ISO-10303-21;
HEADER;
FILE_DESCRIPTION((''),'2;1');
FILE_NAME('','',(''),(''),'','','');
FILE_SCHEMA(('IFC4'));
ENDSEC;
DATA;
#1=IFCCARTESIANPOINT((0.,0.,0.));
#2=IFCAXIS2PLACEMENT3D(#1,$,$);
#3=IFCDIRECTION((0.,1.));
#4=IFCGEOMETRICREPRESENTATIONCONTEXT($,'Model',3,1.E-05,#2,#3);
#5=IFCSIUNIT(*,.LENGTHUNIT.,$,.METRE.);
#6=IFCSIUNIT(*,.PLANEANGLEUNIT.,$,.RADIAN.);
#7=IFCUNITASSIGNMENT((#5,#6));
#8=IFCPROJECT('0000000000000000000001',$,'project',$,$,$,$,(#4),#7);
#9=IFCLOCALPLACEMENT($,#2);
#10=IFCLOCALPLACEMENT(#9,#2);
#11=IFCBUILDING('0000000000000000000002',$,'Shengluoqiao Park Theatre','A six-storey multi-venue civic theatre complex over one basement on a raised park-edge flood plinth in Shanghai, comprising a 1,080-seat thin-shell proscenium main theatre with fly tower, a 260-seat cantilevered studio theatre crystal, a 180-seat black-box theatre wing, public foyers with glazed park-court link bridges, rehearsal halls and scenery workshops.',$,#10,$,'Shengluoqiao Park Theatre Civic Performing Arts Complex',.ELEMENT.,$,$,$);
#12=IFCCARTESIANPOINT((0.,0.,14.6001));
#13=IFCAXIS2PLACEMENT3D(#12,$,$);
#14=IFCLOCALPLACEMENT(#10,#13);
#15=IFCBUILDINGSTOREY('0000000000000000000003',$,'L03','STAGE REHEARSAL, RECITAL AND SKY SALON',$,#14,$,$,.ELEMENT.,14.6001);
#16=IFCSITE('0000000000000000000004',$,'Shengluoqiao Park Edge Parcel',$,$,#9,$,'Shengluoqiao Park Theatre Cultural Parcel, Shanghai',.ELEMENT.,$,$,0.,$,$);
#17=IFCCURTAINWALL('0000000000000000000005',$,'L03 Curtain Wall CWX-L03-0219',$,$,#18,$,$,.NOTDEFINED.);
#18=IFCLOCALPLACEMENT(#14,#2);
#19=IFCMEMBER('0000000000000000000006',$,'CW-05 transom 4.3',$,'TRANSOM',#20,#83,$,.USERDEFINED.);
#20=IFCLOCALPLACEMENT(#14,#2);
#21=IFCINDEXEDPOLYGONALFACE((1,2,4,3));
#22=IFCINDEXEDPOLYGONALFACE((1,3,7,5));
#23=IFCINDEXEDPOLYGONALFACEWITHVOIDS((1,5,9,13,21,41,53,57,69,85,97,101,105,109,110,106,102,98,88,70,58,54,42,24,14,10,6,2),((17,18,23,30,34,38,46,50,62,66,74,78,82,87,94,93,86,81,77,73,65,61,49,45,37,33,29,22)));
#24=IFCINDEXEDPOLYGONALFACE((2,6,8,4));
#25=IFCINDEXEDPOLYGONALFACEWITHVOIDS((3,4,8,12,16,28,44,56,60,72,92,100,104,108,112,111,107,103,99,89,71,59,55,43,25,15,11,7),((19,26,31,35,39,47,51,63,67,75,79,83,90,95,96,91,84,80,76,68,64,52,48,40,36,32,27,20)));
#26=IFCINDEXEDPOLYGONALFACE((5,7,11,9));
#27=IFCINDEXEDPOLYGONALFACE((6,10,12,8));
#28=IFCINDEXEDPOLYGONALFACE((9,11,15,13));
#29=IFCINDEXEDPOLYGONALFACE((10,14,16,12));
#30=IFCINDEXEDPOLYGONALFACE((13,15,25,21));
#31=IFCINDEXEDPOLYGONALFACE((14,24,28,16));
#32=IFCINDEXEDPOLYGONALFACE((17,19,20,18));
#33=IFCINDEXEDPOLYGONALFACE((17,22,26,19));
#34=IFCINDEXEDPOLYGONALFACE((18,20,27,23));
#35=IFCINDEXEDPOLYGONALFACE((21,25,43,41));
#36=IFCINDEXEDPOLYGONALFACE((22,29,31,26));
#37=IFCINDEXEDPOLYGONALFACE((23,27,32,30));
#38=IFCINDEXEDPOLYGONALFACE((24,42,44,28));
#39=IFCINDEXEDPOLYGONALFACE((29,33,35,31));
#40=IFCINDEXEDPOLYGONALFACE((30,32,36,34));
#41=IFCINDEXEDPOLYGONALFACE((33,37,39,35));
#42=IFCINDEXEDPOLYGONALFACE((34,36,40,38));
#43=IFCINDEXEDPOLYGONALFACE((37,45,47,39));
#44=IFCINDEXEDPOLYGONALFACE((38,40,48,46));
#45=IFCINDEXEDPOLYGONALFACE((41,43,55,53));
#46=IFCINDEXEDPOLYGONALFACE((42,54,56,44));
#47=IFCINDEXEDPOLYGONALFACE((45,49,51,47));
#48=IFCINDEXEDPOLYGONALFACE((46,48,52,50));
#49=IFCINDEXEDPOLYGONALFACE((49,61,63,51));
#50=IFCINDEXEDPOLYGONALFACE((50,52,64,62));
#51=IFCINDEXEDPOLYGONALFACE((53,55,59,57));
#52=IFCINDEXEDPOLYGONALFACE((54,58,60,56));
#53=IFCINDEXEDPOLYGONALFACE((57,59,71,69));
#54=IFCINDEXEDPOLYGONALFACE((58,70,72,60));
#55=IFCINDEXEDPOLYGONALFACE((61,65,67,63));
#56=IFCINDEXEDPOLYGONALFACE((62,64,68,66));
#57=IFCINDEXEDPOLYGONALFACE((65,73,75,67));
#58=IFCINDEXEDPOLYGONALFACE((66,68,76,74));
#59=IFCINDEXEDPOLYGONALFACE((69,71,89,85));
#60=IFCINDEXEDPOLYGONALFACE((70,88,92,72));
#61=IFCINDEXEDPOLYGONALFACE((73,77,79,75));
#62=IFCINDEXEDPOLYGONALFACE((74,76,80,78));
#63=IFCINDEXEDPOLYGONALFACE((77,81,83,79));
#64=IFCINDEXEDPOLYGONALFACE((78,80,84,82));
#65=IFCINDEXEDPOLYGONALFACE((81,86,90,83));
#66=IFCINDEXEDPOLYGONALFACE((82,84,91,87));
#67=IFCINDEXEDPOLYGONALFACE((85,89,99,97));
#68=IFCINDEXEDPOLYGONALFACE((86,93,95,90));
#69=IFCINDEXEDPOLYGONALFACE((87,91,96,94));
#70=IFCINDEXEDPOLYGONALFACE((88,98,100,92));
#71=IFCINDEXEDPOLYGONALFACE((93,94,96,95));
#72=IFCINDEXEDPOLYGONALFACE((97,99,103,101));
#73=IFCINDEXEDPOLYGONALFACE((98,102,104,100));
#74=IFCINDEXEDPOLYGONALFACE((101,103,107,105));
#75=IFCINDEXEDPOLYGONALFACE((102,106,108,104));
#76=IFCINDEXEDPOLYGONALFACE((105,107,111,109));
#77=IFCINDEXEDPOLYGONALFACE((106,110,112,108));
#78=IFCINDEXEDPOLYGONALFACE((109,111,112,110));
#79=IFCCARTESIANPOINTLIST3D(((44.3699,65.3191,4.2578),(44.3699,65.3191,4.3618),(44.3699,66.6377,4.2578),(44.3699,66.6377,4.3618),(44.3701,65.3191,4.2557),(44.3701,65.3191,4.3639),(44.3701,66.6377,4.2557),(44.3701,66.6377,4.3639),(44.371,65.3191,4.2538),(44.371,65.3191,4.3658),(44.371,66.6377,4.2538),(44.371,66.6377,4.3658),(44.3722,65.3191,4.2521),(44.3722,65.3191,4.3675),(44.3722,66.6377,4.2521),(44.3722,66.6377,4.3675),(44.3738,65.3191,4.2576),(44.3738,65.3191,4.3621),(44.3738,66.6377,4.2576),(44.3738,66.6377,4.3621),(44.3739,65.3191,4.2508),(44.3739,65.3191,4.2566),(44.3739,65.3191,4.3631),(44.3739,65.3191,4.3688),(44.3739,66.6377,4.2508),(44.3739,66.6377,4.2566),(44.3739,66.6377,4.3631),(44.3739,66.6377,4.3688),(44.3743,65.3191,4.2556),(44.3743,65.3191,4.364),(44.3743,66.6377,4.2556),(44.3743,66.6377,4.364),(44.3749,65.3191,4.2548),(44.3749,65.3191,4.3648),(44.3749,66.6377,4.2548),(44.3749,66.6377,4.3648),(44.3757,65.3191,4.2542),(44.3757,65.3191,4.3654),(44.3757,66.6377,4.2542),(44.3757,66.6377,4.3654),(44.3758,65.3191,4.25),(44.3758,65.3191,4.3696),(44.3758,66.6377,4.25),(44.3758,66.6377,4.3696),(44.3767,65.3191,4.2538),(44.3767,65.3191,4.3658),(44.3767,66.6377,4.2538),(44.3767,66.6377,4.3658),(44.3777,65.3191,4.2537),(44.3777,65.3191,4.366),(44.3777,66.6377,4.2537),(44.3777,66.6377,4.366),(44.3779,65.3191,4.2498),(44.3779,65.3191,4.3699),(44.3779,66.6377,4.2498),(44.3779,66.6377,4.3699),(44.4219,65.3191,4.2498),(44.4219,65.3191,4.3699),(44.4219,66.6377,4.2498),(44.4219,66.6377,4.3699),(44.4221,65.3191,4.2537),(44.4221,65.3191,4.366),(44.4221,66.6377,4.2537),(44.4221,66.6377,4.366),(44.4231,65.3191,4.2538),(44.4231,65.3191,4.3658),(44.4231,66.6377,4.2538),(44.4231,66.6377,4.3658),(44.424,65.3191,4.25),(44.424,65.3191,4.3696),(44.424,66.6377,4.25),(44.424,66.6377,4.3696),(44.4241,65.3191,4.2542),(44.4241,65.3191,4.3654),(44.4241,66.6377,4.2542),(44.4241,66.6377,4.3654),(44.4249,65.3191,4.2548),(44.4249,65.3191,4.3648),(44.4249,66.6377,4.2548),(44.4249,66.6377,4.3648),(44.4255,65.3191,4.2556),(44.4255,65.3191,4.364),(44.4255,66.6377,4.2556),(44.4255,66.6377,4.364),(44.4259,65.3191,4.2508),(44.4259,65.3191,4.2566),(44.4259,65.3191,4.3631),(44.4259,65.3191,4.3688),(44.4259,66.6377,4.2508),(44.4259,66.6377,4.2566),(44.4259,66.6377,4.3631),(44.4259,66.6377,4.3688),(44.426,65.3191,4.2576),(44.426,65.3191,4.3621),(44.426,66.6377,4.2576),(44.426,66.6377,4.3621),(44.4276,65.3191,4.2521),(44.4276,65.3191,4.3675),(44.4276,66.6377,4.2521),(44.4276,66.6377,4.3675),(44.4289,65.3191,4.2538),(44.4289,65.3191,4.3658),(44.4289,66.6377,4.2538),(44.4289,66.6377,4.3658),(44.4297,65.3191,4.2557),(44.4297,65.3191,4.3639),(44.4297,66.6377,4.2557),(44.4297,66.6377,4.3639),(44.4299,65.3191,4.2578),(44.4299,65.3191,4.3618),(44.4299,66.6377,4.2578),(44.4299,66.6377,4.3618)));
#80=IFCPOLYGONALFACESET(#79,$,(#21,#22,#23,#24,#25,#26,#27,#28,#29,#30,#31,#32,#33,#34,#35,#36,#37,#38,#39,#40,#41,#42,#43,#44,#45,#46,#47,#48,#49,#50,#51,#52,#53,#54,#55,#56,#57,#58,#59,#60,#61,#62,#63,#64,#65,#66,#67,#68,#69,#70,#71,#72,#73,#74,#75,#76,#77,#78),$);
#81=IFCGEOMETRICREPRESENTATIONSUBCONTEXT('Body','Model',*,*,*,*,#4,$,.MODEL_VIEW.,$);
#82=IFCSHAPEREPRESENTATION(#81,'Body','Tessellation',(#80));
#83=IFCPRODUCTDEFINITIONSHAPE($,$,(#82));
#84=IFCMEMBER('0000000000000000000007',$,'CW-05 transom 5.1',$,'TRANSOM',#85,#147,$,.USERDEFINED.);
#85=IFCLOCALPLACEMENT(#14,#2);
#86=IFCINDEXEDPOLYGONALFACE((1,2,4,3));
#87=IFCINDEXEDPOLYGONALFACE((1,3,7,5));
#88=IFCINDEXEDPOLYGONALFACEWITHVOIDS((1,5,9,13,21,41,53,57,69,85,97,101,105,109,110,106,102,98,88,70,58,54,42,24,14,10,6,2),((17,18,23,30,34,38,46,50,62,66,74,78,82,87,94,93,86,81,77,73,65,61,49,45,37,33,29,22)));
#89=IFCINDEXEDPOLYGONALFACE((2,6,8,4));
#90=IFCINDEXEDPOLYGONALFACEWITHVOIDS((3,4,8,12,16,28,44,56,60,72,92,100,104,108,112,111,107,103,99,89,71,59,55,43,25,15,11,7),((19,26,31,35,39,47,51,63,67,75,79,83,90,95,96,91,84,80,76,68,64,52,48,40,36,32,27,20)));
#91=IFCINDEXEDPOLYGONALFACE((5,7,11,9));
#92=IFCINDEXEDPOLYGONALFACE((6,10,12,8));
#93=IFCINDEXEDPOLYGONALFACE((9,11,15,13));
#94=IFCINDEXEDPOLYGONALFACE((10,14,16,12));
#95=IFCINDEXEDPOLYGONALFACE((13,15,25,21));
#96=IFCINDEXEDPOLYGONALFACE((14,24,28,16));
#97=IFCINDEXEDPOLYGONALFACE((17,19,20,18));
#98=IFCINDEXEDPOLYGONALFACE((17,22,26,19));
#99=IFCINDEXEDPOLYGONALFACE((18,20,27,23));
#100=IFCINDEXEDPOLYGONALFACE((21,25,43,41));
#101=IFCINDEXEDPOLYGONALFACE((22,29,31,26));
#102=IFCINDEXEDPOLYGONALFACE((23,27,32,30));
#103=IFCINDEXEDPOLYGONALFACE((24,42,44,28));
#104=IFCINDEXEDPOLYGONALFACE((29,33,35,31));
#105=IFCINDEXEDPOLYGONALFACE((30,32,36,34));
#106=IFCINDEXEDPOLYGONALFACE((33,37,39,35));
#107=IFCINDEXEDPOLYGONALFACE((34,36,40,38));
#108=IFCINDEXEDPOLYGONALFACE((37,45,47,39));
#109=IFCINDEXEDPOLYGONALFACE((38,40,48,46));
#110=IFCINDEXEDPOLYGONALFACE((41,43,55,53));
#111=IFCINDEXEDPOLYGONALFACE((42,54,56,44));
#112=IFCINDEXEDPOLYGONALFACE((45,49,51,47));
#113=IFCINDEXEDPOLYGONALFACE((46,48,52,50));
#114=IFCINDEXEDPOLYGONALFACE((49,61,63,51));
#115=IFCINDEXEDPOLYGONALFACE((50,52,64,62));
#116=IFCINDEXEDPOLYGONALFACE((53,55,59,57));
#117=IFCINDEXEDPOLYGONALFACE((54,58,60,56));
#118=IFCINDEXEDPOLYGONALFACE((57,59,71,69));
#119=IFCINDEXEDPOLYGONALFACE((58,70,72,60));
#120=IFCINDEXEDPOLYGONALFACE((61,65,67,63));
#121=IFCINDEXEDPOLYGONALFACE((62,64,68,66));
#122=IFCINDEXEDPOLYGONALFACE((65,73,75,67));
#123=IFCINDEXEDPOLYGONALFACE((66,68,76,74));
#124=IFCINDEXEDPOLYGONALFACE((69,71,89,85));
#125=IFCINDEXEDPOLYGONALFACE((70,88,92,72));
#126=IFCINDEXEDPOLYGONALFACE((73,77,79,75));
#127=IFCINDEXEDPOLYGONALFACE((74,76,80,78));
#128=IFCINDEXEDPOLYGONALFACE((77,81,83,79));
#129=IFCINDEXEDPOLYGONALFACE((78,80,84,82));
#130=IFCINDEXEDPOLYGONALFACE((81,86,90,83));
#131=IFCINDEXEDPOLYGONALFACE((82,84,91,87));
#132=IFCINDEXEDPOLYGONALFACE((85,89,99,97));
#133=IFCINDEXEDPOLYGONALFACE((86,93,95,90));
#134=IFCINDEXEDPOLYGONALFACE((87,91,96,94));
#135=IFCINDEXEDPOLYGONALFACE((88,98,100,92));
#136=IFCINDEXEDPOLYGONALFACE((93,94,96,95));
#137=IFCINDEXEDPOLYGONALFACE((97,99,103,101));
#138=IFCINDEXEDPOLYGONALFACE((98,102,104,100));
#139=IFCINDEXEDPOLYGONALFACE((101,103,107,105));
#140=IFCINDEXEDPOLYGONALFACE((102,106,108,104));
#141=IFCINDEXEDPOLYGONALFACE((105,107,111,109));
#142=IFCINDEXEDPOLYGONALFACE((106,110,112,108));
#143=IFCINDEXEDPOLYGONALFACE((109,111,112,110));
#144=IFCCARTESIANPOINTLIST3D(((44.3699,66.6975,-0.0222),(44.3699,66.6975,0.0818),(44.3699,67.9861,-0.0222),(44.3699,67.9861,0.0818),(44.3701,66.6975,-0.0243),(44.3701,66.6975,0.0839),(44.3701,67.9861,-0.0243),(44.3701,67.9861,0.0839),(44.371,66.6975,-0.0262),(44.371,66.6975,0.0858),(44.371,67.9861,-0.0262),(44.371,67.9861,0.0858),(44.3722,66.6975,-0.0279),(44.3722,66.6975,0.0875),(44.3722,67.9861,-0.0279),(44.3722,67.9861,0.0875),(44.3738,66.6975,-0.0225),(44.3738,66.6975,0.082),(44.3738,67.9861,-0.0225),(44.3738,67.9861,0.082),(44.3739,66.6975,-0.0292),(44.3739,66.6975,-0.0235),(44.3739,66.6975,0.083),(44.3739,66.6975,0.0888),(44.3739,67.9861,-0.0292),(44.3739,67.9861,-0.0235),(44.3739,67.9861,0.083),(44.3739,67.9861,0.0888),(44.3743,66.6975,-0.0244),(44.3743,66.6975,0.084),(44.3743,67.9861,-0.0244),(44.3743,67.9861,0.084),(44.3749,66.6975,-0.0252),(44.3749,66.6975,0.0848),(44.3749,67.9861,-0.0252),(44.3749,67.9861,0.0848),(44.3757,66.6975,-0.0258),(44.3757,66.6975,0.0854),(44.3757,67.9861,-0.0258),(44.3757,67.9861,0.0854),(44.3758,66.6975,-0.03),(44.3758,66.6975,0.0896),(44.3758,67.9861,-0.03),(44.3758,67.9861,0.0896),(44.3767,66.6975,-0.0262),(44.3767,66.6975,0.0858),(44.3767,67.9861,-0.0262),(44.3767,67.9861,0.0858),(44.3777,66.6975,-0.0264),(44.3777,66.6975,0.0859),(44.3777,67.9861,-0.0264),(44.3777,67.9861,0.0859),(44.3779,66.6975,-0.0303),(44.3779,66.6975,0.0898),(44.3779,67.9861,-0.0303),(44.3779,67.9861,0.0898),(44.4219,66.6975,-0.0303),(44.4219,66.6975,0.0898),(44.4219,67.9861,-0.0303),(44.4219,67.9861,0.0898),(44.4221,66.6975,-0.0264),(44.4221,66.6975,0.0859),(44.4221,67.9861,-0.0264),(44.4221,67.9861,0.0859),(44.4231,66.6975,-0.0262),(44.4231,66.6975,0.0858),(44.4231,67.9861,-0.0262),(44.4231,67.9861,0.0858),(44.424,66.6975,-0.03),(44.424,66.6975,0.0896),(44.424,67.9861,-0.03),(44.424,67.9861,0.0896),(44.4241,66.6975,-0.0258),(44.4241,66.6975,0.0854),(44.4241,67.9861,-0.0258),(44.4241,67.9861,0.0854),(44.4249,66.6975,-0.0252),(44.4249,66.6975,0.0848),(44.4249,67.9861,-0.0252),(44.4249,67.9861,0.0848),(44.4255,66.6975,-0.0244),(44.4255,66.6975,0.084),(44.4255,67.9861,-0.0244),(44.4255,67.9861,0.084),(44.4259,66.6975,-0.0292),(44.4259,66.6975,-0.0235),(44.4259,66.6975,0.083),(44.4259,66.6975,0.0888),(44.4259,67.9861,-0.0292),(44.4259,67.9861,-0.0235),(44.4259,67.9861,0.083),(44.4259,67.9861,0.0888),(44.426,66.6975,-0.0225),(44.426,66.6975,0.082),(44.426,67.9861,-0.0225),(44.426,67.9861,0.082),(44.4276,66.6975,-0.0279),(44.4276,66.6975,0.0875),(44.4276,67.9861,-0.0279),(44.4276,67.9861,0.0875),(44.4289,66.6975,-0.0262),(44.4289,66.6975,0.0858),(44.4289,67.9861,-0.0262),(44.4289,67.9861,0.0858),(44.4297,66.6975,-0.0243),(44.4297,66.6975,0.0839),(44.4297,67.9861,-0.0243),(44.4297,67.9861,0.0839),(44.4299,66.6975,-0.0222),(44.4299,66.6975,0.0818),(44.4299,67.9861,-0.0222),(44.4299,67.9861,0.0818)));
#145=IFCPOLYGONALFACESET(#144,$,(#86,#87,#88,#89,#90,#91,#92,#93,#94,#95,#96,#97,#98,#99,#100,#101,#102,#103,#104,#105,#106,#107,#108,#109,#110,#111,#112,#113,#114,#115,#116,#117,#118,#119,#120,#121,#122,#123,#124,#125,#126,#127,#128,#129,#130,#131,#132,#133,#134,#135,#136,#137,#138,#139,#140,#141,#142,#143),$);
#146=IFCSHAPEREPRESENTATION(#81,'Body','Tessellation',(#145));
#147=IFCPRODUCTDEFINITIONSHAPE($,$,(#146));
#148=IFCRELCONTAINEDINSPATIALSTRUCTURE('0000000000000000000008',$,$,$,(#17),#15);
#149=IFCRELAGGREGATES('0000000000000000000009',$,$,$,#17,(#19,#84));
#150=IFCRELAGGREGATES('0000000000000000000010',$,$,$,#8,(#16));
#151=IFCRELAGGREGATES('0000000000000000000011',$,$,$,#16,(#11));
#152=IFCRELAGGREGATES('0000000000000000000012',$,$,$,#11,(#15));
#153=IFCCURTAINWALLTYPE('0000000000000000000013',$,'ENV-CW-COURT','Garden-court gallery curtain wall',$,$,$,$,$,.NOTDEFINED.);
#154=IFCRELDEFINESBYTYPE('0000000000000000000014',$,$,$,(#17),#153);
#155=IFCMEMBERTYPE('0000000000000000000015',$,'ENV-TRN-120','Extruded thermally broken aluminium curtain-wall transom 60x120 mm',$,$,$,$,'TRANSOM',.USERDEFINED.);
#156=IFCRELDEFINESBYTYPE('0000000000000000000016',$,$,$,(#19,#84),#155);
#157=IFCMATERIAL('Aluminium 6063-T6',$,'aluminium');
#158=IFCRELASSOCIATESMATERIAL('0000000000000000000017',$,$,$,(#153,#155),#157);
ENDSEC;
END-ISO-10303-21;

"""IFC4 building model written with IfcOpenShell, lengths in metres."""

from ifc_helpers import new_model, si_unit, direction, frame, origin, origin_2d, place, context, subcontext, project, spatial, hollow_rectangle, extrude, material, material_profile, profile_set, type_object, element, aggregate, save


model = new_model("IFC4")

# Units and contexts
model_context = context("Model", 3, precision=1e-05, world=origin(), true_north=direction((0.0, 1.0)))
body_context = subcontext(model_context, "Body", "Model", "MODEL_VIEW")
ifc_project = project(units=[si_unit("LENGTHUNIT", "METRE"), si_unit("PLANEANGLEUNIT", "RADIAN")], contexts=[model_context])

# Site, building, storey
site_placement = place(None, origin())
site = spatial("IfcSite", under=ifc_project, at=site_placement, Name="Shengluoqiao Park Edge Parcel", LongName="Shengluoqiao Park Theatre Cultural Parcel, Shanghai", CompositionType="ELEMENT", RefElevation=0.0)
building_placement = place(site_placement, origin())
building = spatial("IfcBuilding", under=site, at=building_placement, Name="Shengluoqiao Park Theatre", Description="A six-storey multi-venue civic theatre complex over one basement on a raised park-edge flood plinth in Shanghai, comprising a 1,080-seat thin-shell proscenium main theatre with fly tower, a 260-seat cantilevered studio theatre crystal, a 180-seat black-box theatre wing, public foyers with glazed park-court link bridges, rehearsal halls and scenery workshops.", LongName="Shengluoqiao Park Theatre Civic Performing Arts Complex", CompositionType="ELEMENT")
storey_placement = place(building_placement, frame((0.0, 0.0, 14.6001)))
storey = spatial("IfcBuildingStorey", under=building, at=storey_placement, Name="L03", Description="STAGE REHEARSAL, RECITAL AND SKY SALON", CompositionType="ELEMENT", Elevation=14.6001)

# Curtain wall
ifc_material_1 = material(Name="Aluminium 6063-T6", Category="aluminium")
curtain_wall_type_1 = type_object("IfcCurtainWallType", Name="ENV-CW-COURT", Description="Garden-court gallery curtain wall", PredefinedType="NOTDEFINED", material=ifc_material_1)
curtain_wall_1_placement = place(storey_placement, origin())
curtain_wall_1 = element("IfcCurtainWall", 1, at=curtain_wall_1_placement, inside=storey, type_object=curtain_wall_type_1, Name="L03 Curtain Wall CWX-L03-0219", PredefinedType="NOTDEFINED")

# Members
ifc_material_profile_1 = material_profile(ifc_material_1, hollow_rectangle(XDim=0.0601, YDim=0.1201, WallThickness=0.0039, InnerFilletRadius=0.0039, OuterFilletRadius=0.0081, at=origin_2d()), Name="ALU TRANSOM 120x60x4")
ifc_profile_set_1 = profile_set([ifc_material_profile_1], Name="Aluminium 6063-T6")
member_type_1 = type_object("IfcMemberType", Name="ENV-TRN-120", Description="Extruded thermally broken aluminium curtain-wall transom 60x120 mm", ElementType="TRANSOM", PredefinedType="USERDEFINED", material=ifc_profile_set_1)
member_1_placement = place(storey_placement, frame((44.3999, 65.3191, 4.3098), z_axis=(0.0, 1.0, 0.0), x_axis=(-1.0, 0.0, 0.0)))
member_1 = element("IfcMember", 2, at=member_1_placement, type_object=member_type_1, Name="CW-05 transom 4.3", ObjectType="TRANSOM", PredefinedType="USERDEFINED", context=body_context, shape_type="SweptSolid", body=[
    extrude(hollow_rectangle(XDim=0.0601, YDim=0.1201, WallThickness=0.0039, InnerFilletRadius=0.0039, OuterFilletRadius=0.0081, at=origin_2d()), origin(), (0.0, 0.0, 1.0), 1.3186),
])
member_2_placement = place(storey_placement, frame((44.3999, 66.6975, 0.0298), z_axis=(0.0, 1.0, 0.0), x_axis=(-1.0, 0.0, 0.0)))
member_2 = element("IfcMember", 3, at=member_2_placement, type_object=member_type_1, Name="CW-05 transom 5.1", ObjectType="TRANSOM", PredefinedType="USERDEFINED", context=body_context, shape_type="SweptSolid", body=[
    extrude(hollow_rectangle(XDim=0.0601, YDim=0.1201, WallThickness=0.0039, InnerFilletRadius=0.0039, OuterFilletRadius=0.0081, at=origin_2d()), origin(), (0.0, 0.0, 1.0), 1.2886),
])

aggregate(curtain_wall_1, [member_1, member_2])

save(model, "model.ifc")
